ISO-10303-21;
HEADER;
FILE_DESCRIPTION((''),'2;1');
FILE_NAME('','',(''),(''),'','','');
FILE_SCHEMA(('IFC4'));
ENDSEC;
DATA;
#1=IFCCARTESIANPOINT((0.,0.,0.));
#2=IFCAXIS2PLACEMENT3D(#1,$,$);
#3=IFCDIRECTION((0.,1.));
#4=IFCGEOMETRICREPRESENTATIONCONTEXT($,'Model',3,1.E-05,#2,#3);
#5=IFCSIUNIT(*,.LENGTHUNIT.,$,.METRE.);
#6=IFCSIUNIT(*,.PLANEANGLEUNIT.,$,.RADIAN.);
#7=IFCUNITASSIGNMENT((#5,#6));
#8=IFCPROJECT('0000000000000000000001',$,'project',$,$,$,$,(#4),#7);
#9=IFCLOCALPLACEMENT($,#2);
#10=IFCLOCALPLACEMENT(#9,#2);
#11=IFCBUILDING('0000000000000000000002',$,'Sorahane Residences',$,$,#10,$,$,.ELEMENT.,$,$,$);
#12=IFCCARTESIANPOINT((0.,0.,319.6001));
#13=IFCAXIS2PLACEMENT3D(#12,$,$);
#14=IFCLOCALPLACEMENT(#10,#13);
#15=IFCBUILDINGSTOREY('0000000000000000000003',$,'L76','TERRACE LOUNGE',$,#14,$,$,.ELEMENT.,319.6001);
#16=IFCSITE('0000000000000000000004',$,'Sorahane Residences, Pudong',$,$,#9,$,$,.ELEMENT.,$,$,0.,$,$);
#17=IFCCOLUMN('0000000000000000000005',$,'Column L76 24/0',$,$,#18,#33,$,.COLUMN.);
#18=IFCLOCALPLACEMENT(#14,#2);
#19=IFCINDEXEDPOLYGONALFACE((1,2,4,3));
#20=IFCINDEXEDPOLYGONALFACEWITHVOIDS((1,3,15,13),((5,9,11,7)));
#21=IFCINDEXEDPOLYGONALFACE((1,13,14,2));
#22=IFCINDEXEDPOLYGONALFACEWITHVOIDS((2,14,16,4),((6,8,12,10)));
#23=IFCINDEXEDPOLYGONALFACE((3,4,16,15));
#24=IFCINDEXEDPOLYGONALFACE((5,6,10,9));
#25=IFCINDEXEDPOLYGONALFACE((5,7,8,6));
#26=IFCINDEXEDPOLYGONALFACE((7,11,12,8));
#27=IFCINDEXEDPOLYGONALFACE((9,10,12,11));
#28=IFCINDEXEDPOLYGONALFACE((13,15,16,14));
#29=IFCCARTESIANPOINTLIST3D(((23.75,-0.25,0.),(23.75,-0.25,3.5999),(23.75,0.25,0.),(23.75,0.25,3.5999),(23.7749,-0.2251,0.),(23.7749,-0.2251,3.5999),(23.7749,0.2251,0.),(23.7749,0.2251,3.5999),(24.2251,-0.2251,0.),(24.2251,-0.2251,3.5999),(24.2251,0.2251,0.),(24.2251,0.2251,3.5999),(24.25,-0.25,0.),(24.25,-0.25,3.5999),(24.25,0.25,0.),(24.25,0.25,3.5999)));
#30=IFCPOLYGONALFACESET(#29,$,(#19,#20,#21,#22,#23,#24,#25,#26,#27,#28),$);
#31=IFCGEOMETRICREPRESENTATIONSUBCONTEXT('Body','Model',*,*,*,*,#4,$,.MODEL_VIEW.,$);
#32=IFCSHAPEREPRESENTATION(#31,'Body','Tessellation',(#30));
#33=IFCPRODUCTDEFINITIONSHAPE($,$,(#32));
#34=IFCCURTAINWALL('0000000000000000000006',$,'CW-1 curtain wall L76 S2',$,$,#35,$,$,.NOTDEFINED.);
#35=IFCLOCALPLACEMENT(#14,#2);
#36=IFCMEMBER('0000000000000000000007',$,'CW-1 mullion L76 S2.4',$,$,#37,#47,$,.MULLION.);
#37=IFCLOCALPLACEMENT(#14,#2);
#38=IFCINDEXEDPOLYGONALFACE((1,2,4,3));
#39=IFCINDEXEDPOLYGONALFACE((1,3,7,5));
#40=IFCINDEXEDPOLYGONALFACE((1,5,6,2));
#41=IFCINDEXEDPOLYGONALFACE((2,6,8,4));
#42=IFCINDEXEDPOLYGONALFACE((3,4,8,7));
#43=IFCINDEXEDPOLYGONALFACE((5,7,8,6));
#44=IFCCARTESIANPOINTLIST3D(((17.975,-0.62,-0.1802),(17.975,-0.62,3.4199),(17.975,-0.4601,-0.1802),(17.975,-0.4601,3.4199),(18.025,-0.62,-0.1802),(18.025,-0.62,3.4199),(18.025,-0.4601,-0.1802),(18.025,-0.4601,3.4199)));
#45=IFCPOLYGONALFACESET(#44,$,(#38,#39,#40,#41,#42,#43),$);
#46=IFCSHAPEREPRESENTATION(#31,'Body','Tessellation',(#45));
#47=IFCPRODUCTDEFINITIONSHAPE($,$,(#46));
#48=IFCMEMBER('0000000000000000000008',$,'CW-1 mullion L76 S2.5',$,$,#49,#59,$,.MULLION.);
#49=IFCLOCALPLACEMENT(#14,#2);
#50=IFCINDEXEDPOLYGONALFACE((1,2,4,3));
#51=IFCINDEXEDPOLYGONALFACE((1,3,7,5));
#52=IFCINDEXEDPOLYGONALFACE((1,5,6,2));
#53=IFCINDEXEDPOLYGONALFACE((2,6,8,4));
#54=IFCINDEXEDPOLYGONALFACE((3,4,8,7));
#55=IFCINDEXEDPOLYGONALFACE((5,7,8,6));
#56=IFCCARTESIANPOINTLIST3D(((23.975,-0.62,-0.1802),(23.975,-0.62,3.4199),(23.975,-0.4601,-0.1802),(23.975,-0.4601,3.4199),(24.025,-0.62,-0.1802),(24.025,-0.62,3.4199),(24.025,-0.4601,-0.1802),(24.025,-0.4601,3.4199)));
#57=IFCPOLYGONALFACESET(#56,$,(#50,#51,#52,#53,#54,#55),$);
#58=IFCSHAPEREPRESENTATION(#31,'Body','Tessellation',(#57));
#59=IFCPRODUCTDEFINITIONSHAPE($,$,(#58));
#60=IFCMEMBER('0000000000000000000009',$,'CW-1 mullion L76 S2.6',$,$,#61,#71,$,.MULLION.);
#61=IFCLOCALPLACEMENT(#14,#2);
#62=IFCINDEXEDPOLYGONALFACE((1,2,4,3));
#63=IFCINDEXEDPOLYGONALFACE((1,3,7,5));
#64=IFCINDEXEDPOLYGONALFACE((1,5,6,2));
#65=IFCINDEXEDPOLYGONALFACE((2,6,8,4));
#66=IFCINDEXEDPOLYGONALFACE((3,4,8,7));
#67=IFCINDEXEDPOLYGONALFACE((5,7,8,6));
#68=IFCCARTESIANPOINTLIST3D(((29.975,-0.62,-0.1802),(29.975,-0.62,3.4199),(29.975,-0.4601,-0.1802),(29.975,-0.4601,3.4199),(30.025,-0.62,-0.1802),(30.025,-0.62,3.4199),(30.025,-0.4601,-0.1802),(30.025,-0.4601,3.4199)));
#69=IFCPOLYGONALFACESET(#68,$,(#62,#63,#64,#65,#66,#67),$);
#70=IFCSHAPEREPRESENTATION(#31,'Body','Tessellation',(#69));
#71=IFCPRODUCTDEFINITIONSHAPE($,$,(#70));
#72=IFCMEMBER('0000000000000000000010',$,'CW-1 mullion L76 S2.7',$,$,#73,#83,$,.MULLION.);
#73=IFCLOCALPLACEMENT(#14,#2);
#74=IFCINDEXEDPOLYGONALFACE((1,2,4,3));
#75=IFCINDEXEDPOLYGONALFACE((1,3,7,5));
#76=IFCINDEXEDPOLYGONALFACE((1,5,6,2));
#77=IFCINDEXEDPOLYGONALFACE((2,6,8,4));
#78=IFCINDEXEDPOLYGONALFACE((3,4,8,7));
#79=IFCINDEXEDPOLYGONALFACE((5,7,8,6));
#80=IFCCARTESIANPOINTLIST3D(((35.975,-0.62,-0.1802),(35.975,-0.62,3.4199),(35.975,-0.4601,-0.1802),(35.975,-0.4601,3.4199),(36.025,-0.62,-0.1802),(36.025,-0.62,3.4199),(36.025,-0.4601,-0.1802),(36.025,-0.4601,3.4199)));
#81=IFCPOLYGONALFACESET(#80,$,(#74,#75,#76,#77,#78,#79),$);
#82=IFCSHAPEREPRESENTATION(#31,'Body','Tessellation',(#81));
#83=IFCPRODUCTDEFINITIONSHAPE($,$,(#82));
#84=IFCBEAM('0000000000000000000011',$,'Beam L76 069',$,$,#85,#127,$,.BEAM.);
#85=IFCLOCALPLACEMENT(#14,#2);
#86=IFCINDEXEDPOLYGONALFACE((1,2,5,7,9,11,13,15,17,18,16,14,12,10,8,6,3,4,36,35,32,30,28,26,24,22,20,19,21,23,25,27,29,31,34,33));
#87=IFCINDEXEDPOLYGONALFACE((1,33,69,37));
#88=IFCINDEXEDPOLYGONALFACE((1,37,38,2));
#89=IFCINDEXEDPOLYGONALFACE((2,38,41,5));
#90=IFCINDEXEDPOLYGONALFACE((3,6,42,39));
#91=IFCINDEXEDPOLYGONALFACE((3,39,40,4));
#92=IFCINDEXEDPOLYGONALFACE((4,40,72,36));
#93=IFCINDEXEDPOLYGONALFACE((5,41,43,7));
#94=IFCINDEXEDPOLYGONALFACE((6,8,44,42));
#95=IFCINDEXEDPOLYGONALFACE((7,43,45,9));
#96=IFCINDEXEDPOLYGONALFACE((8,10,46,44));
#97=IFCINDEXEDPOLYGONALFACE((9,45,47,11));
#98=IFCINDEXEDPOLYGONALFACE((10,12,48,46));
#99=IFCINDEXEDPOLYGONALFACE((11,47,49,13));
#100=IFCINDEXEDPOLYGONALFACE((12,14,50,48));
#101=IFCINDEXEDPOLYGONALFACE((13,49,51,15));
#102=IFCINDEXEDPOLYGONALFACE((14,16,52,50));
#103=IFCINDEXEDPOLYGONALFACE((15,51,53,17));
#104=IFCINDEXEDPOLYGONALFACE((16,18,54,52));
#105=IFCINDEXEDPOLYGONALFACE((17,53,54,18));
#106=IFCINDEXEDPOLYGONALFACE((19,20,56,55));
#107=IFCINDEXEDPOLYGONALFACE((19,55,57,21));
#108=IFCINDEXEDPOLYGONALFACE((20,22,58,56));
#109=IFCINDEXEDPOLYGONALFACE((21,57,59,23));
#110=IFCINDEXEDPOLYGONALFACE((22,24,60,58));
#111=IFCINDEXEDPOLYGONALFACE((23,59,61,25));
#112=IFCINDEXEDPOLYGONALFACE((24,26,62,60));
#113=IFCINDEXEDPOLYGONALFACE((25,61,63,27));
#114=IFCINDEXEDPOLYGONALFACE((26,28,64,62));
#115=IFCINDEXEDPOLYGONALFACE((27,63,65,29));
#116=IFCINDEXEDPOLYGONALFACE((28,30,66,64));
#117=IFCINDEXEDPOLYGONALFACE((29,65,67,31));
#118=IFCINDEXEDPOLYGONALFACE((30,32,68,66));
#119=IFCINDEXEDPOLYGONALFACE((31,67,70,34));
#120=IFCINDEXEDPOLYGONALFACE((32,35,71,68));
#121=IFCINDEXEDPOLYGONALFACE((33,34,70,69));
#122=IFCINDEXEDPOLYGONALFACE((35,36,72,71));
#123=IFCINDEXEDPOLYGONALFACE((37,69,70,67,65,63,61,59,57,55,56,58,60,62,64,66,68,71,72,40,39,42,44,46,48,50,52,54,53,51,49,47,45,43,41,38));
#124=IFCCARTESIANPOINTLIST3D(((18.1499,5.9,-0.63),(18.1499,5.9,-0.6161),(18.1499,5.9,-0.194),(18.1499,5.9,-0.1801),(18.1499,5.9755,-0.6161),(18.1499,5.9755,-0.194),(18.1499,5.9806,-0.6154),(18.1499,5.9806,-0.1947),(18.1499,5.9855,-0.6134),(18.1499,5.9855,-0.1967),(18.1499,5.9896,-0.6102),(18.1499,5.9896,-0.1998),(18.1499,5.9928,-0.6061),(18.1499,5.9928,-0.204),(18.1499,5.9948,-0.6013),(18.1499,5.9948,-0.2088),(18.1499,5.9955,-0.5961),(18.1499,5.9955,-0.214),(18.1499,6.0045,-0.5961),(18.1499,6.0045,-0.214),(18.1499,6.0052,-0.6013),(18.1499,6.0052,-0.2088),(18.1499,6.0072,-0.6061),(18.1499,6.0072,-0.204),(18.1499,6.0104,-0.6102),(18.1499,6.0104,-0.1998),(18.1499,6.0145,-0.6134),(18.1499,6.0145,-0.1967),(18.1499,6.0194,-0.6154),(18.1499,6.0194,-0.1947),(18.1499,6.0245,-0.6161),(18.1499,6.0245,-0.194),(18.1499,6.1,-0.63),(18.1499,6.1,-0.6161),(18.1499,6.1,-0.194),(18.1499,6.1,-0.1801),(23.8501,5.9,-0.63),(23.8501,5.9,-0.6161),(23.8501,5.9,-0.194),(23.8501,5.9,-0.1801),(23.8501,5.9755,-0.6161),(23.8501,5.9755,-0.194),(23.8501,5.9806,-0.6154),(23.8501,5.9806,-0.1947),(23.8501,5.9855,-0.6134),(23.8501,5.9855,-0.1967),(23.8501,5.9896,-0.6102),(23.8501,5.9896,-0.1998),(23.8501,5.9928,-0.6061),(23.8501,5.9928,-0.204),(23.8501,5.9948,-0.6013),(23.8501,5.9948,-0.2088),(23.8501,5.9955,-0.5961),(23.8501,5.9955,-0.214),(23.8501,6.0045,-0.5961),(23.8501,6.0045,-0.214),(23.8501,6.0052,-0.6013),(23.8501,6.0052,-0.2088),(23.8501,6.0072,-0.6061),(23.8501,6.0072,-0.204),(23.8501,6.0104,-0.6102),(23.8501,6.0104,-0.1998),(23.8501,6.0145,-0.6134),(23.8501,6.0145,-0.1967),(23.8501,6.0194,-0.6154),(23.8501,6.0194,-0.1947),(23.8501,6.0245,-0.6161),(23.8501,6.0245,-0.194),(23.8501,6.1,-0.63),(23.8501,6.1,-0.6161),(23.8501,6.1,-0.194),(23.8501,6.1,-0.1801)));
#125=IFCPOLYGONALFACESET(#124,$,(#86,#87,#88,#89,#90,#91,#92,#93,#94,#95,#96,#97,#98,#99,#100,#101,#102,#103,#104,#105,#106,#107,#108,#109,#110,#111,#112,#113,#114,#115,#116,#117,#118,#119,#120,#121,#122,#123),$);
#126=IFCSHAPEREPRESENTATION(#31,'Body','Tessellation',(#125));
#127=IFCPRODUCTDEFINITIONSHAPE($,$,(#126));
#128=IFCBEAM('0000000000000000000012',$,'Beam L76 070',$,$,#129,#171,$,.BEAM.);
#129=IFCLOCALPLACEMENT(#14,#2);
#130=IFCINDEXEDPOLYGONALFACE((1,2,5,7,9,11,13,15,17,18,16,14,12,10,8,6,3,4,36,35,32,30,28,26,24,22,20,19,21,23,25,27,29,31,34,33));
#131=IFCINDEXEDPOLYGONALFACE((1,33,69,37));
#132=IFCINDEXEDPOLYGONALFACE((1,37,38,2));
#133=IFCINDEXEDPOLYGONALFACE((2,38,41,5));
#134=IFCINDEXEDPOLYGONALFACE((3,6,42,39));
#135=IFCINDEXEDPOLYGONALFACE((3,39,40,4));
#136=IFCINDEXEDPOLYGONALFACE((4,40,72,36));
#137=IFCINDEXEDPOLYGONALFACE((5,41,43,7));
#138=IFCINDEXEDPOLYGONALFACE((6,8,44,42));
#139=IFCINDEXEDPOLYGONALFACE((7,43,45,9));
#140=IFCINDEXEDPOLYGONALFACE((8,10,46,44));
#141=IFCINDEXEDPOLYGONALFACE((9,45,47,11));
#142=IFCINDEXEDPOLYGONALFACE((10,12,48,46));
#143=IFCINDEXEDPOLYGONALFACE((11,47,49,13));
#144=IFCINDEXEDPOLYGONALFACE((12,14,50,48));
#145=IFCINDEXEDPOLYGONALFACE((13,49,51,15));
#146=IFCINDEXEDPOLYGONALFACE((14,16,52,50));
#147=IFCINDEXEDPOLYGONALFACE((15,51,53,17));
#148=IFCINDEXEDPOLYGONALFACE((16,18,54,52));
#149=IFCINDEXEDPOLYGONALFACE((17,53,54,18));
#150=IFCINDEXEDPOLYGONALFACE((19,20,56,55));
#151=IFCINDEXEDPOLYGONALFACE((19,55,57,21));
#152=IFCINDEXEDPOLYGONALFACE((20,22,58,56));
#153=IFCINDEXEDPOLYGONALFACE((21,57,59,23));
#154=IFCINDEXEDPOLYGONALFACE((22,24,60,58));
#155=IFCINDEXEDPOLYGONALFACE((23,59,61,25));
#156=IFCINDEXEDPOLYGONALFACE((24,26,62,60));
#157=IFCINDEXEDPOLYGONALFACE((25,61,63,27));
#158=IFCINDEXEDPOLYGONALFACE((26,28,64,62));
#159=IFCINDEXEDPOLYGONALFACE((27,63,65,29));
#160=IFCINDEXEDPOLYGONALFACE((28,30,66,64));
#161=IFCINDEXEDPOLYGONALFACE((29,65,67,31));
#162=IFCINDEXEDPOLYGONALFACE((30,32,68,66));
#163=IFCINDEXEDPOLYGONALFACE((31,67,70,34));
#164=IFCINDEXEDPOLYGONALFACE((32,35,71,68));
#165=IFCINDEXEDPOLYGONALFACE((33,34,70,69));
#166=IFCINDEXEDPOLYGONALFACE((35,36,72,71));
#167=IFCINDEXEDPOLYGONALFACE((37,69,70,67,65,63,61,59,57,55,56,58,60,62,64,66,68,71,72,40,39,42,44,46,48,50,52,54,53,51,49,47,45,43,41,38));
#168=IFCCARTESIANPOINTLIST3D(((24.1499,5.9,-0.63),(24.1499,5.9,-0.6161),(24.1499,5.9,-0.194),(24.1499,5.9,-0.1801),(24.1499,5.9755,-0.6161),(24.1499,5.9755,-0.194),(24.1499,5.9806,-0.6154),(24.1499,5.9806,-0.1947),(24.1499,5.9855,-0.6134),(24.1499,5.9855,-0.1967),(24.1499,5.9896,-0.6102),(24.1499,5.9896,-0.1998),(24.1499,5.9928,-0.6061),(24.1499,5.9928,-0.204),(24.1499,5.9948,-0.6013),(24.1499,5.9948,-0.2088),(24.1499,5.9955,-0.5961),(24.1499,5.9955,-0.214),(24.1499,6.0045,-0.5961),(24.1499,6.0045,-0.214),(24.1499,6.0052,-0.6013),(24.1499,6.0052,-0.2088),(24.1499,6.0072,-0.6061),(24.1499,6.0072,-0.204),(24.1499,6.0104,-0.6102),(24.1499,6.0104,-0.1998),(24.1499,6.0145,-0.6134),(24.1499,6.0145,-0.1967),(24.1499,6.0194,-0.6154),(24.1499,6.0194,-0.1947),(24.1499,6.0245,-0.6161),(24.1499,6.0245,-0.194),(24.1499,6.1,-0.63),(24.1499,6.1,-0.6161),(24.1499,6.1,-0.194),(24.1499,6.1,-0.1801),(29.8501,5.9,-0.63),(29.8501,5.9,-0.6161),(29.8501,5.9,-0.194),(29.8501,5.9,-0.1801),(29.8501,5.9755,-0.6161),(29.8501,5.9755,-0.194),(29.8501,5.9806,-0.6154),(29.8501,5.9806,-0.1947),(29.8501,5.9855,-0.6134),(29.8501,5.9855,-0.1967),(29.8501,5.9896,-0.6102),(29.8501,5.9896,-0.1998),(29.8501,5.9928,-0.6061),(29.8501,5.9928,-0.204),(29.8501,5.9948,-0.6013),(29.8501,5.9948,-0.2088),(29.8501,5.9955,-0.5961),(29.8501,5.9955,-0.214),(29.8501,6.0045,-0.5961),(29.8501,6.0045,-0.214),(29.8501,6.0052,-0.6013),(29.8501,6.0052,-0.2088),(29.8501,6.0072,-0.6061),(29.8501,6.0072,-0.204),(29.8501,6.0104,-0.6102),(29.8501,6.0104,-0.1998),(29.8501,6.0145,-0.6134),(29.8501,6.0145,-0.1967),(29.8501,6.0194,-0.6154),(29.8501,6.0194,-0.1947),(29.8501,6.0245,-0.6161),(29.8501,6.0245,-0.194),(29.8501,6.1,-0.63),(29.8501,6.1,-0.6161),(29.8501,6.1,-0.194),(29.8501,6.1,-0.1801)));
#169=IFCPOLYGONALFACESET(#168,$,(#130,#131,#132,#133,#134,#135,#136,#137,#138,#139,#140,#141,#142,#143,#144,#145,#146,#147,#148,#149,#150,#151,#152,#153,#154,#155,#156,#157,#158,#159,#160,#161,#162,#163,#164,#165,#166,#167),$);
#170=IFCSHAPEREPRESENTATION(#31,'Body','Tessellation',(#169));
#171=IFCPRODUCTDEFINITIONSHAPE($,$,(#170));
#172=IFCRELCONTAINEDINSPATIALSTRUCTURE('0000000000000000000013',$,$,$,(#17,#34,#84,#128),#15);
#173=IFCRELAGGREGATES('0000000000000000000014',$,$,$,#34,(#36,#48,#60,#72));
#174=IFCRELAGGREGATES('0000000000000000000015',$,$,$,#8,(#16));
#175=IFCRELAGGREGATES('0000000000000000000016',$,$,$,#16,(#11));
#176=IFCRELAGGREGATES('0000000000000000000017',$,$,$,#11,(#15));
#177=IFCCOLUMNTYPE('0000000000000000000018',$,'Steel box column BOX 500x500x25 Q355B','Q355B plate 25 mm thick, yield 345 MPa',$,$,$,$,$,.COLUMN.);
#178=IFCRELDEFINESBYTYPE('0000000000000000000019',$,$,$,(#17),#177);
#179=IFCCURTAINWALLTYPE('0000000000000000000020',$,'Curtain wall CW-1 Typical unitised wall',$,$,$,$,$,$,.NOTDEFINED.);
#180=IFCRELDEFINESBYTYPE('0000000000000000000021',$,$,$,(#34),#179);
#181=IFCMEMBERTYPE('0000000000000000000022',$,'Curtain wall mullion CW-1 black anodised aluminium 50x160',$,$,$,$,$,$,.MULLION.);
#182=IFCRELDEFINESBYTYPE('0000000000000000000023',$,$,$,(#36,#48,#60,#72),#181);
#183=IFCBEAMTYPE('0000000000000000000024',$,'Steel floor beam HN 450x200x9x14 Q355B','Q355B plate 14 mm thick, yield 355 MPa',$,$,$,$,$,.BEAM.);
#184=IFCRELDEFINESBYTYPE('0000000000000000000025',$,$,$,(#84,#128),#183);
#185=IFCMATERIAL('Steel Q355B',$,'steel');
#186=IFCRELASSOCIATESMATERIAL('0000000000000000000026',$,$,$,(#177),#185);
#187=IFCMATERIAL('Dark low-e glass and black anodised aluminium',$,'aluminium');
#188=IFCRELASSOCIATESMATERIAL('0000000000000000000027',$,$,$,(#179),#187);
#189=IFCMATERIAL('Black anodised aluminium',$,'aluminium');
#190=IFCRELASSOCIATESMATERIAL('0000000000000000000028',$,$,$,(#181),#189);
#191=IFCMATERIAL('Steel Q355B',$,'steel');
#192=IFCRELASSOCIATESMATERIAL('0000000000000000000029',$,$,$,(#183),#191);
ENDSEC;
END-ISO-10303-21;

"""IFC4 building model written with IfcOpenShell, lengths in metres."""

from ifc_helpers import new_model, si_unit, direction, frame, origin, origin_2d, place, context, subcontext, project, spatial, rectangle, hollow_rectangle, i_section, extrude, material, material_profile, profile_set, type_object, element, aggregate, save


model = new_model("IFC4")

# Units and contexts
model_context = context("Model", 3, precision=1e-05, world=origin(), true_north=direction((0.0, 1.0)))
body_context = subcontext(model_context, "Body", "Model", "MODEL_VIEW")
ifc_project = project(units=[si_unit("LENGTHUNIT", "METRE"), si_unit("PLANEANGLEUNIT", "RADIAN")], contexts=[model_context])

# Site, building, storey
site_placement = place(None, origin())
site = spatial("IfcSite", under=ifc_project, at=site_placement, Name="Sorahane Residences, Pudong", CompositionType="ELEMENT", RefElevation=0.0)
building_placement = place(site_placement, origin())
building = spatial("IfcBuilding", under=site, at=building_placement, Name="Sorahane Residences", CompositionType="ELEMENT")
storey_placement = place(building_placement, frame((0.0, 0.0, 319.6001)))
storey = spatial("IfcBuildingStorey", under=building, at=storey_placement, Name="L76", Description="TERRACE LOUNGE", CompositionType="ELEMENT", Elevation=319.6001)

# Column
ifc_material_1 = material(Name="Steel Q355B", Category="steel")
ifc_material_profile_1 = material_profile(ifc_material_1, hollow_rectangle(XDim=0.5, YDim=0.5, WallThickness=0.0249, at=origin_2d()), Name="BOX 500x500x25")
ifc_profile_set_1 = profile_set([ifc_material_profile_1], Name="Steel Q355B")
column_type = type_object("IfcColumnType", Name="Steel box column BOX 500x500x25 Q355B", Description="Q355B plate 25 mm thick, yield 345 MPa", PredefinedType="COLUMN", material=ifc_profile_set_1)
column_placement = place(storey_placement, frame((24.0, 0.0, 0.0), z_axis=(0.0, 0.0, 1.0), x_axis=(1.0, 0.0, 0.0)))
element("IfcColumn", 1, at=column_placement, inside=storey, type_object=column_type, Name="Column L76 24/0", PredefinedType="COLUMN", context=body_context, shape_type="SweptSolid", body=[
    extrude(hollow_rectangle(XDim=0.5, YDim=0.5, WallThickness=0.0249, at=origin_2d()), origin(), (0.0, 0.0, 1.0), 3.5999),
])

# Curtain wall, members
ifc_material_2 = material(Name="Dark low-e glass and black anodised aluminium", Category="aluminium")
curtain_wall_type = type_object("IfcCurtainWallType", Name="Curtain wall CW-1 Typical unitised wall", PredefinedType="NOTDEFINED", material=ifc_material_2)
curtain_wall_placement = place(storey_placement, origin())
curtain_wall = element("IfcCurtainWall", 2, at=curtain_wall_placement, inside=storey, type_object=curtain_wall_type, Name="CW-1 curtain wall L76 S2", PredefinedType="NOTDEFINED")
ifc_material_3 = material(Name="Black anodised aluminium", Category="aluminium")
ifc_material_profile_2 = material_profile(ifc_material_3, rectangle(XDim=0.1599, YDim=0.05, at=origin_2d()), Name="Curtain wall mullion CW-1 black anodised aluminium 50x160")
ifc_profile_set_2 = profile_set([ifc_material_profile_2], Name="Black anodised aluminium")
member_type = type_object("IfcMemberType", Name="Curtain wall mullion CW-1 black anodised aluminium 50x160", PredefinedType="MULLION", material=ifc_profile_set_2)
member_1_placement = place(storey_placement, frame((18.0, -0.54, -0.1802), z_axis=(0.0, 0.0, 1.0), x_axis=(0.0, -1.0, 0.0)))
member_1 = element("IfcMember", 3, at=member_1_placement, type_object=member_type, Name="CW-1 mullion L76 S2.4", PredefinedType="MULLION", context=body_context, shape_type="SweptSolid", body=[
    extrude(rectangle(XDim=0.1599, YDim=0.05, at=origin_2d()), origin(), (0.0, 0.0, 1.0), 3.6001),
])
member_2_placement = place(storey_placement, frame((24.0, -0.54, -0.1802), z_axis=(0.0, 0.0, 1.0), x_axis=(0.0, -1.0, 0.0)))
member_2 = element("IfcMember", 4, at=member_2_placement, type_object=member_type, Name="CW-1 mullion L76 S2.5", PredefinedType="MULLION", context=body_context, shape_type="SweptSolid", body=[
    extrude(rectangle(XDim=0.1599, YDim=0.05, at=origin_2d()), origin(), (0.0, 0.0, 1.0), 3.6001),
])
member_3_placement = place(storey_placement, frame((30.0, -0.54, -0.1802), z_axis=(0.0, 0.0, 1.0), x_axis=(0.0, -1.0, 0.0)))
member_3 = element("IfcMember", 5, at=member_3_placement, type_object=member_type, Name="CW-1 mullion L76 S2.6", PredefinedType="MULLION", context=body_context, shape_type="SweptSolid", body=[
    extrude(rectangle(XDim=0.1599, YDim=0.05, at=origin_2d()), origin(), (0.0, 0.0, 1.0), 3.6001),
])
member_4_placement = place(storey_placement, frame((36.0, -0.54, -0.1802), z_axis=(0.0, 0.0, 1.0), x_axis=(0.0, -1.0, 0.0)))
member_4 = element("IfcMember", 6, at=member_4_placement, type_object=member_type, Name="CW-1 mullion L76 S2.7", PredefinedType="MULLION", context=body_context, shape_type="SweptSolid", body=[
    extrude(rectangle(XDim=0.1599, YDim=0.05, at=origin_2d()), origin(), (0.0, 0.0, 1.0), 3.6001),
])

# Beams
ifc_material_4 = material(Name="Steel Q355B", Category="steel")
ifc_material_profile_3 = material_profile(ifc_material_4, i_section(OverallWidth=0.2, OverallDepth=0.45, WebThickness=0.009, FlangeThickness=0.0139, FilletRadius=0.02, at=origin_2d()), Name="HN 450x200x9x14")
ifc_profile_set_3 = profile_set([ifc_material_profile_3], Name="Steel Q355B")
beam_type_1 = type_object("IfcBeamType", Name="Steel floor beam HN 450x200x9x14 Q355B", Description="Q355B plate 14 mm thick, yield 355 MPa", PredefinedType="BEAM", material=ifc_profile_set_3)
for number, where, z_axis, x_axis, name in (
    (7, (18.1499, 6.0, -0.405), (1.0, 0.0, 0.0), (0.0, 1.0, 0.0), "Beam L76 069"),
    (8, (24.1499, 6.0, -0.405), (1.0, 0.0, 0.0), (0.0, 1.0, 0.0), "Beam L76 070"),
):
    element("IfcBeam", number, at=place(storey_placement, frame(where, z_axis=z_axis, x_axis=x_axis)), inside=storey, type_object=beam_type_1, Name=name, PredefinedType="BEAM", context=body_context, shape_type="SweptSolid", body=[
        extrude(i_section(OverallWidth=0.2, OverallDepth=0.45, WebThickness=0.009, FlangeThickness=0.0139, FilletRadius=0.02, at=origin_2d()), origin(), (0.0, 0.0, 1.0), 5.7002),
    ])

aggregate(curtain_wall, [member_1, member_2, member_3, member_4])

save(model, "model.ifc")
